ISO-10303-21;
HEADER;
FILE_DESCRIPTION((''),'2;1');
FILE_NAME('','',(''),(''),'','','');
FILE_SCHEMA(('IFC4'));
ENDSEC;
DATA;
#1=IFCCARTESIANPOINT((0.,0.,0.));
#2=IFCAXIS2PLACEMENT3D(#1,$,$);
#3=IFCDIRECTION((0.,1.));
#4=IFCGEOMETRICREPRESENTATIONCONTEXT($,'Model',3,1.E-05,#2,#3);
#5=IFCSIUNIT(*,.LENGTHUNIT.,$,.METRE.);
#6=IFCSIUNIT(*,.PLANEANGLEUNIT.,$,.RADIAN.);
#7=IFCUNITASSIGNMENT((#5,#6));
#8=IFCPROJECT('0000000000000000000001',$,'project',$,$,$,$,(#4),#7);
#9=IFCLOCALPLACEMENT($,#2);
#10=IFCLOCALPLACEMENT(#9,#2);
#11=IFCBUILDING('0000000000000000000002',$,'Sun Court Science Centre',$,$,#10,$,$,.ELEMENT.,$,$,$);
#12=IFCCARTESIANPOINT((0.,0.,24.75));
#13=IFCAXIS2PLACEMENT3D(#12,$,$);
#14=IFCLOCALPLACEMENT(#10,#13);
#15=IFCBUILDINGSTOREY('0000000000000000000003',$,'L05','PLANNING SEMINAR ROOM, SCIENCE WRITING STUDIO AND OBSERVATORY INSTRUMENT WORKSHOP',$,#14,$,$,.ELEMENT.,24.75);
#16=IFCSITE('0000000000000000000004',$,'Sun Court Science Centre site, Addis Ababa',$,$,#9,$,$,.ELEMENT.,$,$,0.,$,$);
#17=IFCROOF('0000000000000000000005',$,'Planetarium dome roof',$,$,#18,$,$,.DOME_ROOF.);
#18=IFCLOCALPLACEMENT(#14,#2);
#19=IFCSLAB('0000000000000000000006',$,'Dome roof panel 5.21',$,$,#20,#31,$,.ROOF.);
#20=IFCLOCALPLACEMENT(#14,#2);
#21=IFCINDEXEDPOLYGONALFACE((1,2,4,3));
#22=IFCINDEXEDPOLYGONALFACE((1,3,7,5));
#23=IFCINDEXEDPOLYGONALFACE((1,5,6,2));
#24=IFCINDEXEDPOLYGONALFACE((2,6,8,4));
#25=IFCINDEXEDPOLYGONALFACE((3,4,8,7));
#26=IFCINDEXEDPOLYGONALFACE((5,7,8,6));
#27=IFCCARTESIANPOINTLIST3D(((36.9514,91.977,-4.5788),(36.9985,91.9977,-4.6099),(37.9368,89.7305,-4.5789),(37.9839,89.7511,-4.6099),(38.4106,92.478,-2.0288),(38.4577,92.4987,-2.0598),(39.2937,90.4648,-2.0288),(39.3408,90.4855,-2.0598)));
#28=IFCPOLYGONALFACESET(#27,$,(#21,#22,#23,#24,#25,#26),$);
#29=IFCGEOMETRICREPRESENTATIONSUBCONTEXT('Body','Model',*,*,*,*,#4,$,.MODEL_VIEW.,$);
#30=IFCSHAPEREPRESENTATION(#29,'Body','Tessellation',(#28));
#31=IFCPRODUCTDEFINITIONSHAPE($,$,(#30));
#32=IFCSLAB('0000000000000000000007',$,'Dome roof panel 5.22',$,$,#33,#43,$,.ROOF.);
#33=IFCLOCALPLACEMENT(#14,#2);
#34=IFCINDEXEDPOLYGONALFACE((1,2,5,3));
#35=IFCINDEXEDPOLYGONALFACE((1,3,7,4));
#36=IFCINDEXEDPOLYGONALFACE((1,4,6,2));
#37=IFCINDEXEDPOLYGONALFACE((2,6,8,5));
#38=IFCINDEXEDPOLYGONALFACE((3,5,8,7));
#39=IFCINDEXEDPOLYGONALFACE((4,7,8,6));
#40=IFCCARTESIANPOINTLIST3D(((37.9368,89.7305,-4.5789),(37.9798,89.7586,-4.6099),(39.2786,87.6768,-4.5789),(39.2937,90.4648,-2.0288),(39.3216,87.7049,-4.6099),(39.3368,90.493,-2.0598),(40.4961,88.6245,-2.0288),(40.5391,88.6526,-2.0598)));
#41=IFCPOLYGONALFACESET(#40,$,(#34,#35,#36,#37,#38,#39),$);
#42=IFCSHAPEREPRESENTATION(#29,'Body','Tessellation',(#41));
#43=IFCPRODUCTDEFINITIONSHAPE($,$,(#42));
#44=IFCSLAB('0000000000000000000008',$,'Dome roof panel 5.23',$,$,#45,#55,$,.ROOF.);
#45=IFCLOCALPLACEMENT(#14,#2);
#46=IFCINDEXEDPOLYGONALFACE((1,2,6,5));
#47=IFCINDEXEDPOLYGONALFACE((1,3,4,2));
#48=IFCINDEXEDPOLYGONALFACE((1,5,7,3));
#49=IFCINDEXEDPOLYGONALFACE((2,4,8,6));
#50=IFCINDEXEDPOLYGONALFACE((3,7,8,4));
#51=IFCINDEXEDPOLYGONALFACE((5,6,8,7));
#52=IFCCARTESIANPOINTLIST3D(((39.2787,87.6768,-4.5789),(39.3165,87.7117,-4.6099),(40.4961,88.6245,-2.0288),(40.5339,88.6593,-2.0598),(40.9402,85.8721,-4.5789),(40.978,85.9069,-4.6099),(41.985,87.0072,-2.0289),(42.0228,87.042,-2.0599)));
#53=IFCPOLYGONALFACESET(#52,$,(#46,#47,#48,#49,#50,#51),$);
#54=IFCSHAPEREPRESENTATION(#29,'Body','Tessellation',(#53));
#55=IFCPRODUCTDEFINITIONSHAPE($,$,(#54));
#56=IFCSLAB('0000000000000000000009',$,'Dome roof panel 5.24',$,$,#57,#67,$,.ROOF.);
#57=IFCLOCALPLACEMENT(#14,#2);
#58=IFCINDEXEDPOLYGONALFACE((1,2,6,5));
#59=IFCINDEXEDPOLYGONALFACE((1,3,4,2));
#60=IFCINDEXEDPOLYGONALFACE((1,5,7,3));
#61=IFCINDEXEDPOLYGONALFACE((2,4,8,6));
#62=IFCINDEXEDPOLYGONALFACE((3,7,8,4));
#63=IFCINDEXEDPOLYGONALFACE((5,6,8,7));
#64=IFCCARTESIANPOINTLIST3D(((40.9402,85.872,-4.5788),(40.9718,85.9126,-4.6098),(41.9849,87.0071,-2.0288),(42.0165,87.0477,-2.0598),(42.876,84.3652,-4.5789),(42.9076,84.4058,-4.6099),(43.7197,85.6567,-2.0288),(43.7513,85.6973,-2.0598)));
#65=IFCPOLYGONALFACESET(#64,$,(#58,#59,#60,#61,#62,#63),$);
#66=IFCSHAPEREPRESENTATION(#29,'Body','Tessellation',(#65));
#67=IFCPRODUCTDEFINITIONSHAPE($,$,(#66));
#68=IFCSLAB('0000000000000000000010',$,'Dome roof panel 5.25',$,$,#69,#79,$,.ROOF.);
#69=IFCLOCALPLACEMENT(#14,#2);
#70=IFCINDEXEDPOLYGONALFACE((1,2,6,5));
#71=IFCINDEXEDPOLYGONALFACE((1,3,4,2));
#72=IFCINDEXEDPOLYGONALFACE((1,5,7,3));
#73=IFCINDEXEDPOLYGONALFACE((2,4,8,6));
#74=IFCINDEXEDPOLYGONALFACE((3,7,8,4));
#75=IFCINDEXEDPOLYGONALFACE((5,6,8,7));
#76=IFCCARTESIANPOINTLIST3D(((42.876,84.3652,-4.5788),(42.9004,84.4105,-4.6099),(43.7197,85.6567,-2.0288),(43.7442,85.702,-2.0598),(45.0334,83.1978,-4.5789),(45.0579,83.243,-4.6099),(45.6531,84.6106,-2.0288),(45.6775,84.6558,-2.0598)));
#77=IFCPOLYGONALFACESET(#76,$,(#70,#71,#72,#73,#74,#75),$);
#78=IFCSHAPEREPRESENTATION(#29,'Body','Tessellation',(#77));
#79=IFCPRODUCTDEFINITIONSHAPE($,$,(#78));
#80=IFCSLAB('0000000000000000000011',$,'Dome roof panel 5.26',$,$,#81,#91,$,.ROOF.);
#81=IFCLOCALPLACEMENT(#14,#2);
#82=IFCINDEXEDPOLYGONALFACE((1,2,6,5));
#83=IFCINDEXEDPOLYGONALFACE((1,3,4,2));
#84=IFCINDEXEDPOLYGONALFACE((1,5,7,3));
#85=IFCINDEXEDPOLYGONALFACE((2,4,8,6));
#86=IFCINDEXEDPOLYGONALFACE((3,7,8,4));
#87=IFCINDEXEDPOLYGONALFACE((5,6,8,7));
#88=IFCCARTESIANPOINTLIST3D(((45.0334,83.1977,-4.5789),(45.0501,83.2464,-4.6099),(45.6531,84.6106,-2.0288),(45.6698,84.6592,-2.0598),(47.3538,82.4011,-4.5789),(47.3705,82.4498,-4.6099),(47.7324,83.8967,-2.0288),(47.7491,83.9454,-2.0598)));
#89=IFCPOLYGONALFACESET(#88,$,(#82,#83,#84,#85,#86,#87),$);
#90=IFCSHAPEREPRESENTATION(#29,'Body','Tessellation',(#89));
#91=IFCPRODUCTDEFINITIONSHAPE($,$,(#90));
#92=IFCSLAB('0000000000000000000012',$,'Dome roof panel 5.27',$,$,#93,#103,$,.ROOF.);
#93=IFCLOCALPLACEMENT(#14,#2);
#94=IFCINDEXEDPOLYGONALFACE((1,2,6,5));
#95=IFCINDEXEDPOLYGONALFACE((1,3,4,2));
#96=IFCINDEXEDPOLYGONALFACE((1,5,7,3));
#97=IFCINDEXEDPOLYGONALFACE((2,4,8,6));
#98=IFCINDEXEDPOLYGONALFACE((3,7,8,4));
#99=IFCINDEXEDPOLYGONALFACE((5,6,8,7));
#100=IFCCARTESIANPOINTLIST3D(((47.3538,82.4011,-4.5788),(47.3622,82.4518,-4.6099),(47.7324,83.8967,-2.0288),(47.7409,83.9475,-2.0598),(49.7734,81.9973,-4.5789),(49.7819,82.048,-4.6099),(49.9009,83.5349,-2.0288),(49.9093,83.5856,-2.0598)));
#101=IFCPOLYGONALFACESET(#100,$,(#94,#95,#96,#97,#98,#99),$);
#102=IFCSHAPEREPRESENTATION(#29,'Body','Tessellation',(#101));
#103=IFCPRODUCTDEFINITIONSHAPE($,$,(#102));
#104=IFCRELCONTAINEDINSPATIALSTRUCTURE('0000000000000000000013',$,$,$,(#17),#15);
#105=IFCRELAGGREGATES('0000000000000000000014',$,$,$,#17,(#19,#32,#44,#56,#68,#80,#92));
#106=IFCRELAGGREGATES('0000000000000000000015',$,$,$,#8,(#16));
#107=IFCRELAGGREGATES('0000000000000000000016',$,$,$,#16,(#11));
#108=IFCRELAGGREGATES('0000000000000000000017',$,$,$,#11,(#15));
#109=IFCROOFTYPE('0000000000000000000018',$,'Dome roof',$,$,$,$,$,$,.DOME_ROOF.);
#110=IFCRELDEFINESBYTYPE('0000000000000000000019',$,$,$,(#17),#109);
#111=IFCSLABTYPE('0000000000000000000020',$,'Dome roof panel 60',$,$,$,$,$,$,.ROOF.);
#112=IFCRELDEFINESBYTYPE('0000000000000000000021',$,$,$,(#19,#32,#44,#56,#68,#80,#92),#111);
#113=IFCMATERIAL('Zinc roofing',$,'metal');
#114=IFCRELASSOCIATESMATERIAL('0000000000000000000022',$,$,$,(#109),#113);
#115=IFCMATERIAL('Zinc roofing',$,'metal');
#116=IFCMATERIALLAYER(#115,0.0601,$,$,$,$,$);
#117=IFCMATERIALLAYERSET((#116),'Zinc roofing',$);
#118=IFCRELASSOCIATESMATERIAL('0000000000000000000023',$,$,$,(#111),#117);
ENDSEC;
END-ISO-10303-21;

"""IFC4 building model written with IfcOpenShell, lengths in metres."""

from ifc_helpers import new_model, si_unit, direction, frame, origin, place, context, subcontext, project, spatial, polyline, outline, extrude, material, layer, layer_set, type_object, element, aggregate, save


model = new_model("IFC4")

# Units and contexts
model_context = context("Model", 3, precision=1e-05, world=origin(), true_north=direction((0.0, 1.0)))
body_context = subcontext(model_context, "Body", "Model", "MODEL_VIEW")
ifc_project = project(units=[si_unit("LENGTHUNIT", "METRE"), si_unit("PLANEANGLEUNIT", "RADIAN")], contexts=[model_context])

# Site, building, storey
site_placement = place(None, origin())
site = spatial("IfcSite", under=ifc_project, at=site_placement, Name="Sun Court Science Centre site, Addis Ababa", CompositionType="ELEMENT", RefElevation=0.0)
building_placement = place(site_placement, origin())
building = spatial("IfcBuilding", under=site, at=building_placement, Name="Sun Court Science Centre", CompositionType="ELEMENT")
storey_placement = place(building_placement, frame((0.0, 0.0, 24.75)))
storey = spatial("IfcBuildingStorey", under=building, at=storey_placement, Name="L05", Description="PLANNING SEMINAR ROOM, SCIENCE WRITING STUDIO AND OBSERVATORY INSTRUMENT WORKSHOP", CompositionType="ELEMENT", Elevation=24.75)

# Roof, slabs
ifc_material_1 = material(Name="Zinc roofing", Category="metal")
roof_type = type_object("IfcRoofType", Name="Dome roof", PredefinedType="DOME_ROOF", material=ifc_material_1)
roof_placement = place(storey_placement, origin())
roof = element("IfcRoof", 1, at=roof_placement, inside=storey, type_object=roof_type, Name="Planetarium dome roof", PredefinedType="DOME_ROOF")
ifc_material_2 = material(Name="Zinc roofing", Category="metal")
ifc_layer = layer(ifc_material_2, 0.0601)
ifc_layer_set = layer_set([ifc_layer], Name="Zinc roofing")
slab_type = type_object("IfcSlabType", Name="Dome roof panel 60", PredefinedType="ROOF", material=ifc_layer_set)
slab_1_placement = place(storey_placement, frame((38.4106, 92.478, -2.0288), z_axis=(-0.784247, -0.343984, 0.516364), x_axis=(0.401682, -0.915779, 0.000007)))
slab_1 = element("IfcSlab", 2, at=slab_1_placement, type_object=slab_type, Name="Dome roof panel 5.21", PredefinedType="ROOF", context=body_context, shape_type="SweptSolid", body=[
    extrude(outline(polyline([(0.0, 0.0), (2.1983, 0.0), (2.3258, -2.9778), (-0.1274, -2.9777), (0.0, 0.0)])), origin(), (0.0, 0.0, -1.0), 0.0601),
])
slab_2_placement = place(storey_placement, frame((39.2937, 90.4648, -2.0288), z_axis=(-0.716911, -0.468397, 0.516375), x_axis=(0.546961, -0.837158, 0.000001)))
slab_2 = element("IfcSlab", 3, at=slab_2_placement, type_object=slab_type, Name="Dome roof panel 5.22", PredefinedType="ROOF", context=body_context, shape_type="SweptSolid", body=[
    extrude(outline(polyline([(0.0, 0.0), (2.1983, 0.0), (2.3258, -2.9778), (-0.1274, -2.9778), (0.0, 0.0)])), origin(), (0.0, 0.0, -1.0), 0.0601),
])
slab_3_placement = place(storey_placement, frame((40.4961, 88.6245, -2.0288), z_axis=(-0.630054, -0.580025, 0.516337), x_axis=(0.677279, -0.735726, -0.000034)))
slab_3 = element("IfcSlab", 4, at=slab_3_placement, type_object=slab_type, Name="Dome roof panel 5.23", PredefinedType="ROOF", context=body_context, shape_type="SweptSolid", body=[
    extrude(outline(polyline([(0.0, 0.0), (2.1983, 0.0), (2.3259, -2.9776), (-0.1272, -2.9778), (0.0, 0.0)])), origin(), (0.0, 0.0, -1.0), 0.0601),
])
slab_4_placement = place(storey_placement, frame((41.9849, 87.0071, -2.0288), z_axis=(-0.526035, -0.675804, 0.516309), x_axis=(0.789123, -0.614235, 0.000008)))
slab_4 = element("IfcSlab", 5, at=slab_4_placement, type_object=slab_type, Name="Dome roof panel 5.24", PredefinedType="ROOF", context=body_context, shape_type="SweptSolid", body=[
    extrude(outline(polyline([(0.0, 0.0), (2.1984, 0.0), (2.3259, -2.9777), (-0.1272, -2.9776), (0.0, 0.0)])), origin(), (0.0, 0.0, -1.0), 0.0601),
])
slab_5_placement = place(storey_placement, frame((43.7197, 85.6567, -2.0288), z_axis=(-0.407566, -0.753191, 0.516326), x_axis=(0.879495, -0.475908, 0.000005)))
slab_5 = element("IfcSlab", 6, at=slab_5_placement, type_object=slab_type, Name="Dome roof panel 5.25", PredefinedType="ROOF", context=body_context, shape_type="SweptSolid", body=[
    extrude(outline(polyline([(0.0, 0.0), (2.1982, 0.0), (2.3256, -2.9777), (-0.1275, -2.9777), (0.0, 0.0)])), origin(), (0.0, 0.0, -1.0), 0.0601),
])
slab_6_placement = place(storey_placement, frame((45.6531, 84.6106, -2.0288), z_axis=(-0.278083, -0.809977, 0.51634), x_axis=(0.945812, -0.324716, 0.000003)))
slab_6 = element("IfcSlab", 7, at=slab_6_placement, type_object=slab_type, Name="Dome roof panel 5.26", PredefinedType="ROOF", context=body_context, shape_type="SweptSolid", body=[
    extrude(outline(polyline([(0.0, 0.0), (2.1985, 0.0), (2.326, -2.9777), (-0.1273, -2.9777), (0.0, 0.0)])), origin(), (0.0, 0.0, -1.0), 0.0601),
])
slab_7_placement = place(storey_placement, frame((47.7324, 83.8967, -2.0288), z_axis=(-0.140955, -0.844694, 0.516356), x_axis=(0.986362, -0.164591, 0.000007)))
slab_7 = element("IfcSlab", 8, at=slab_7_placement, type_object=slab_type, Name="Dome roof panel 5.27", PredefinedType="ROOF", context=body_context, shape_type="SweptSolid", body=[
    extrude(outline(polyline([(0.0, 0.0), (2.1984, 0.0), (2.3258, -2.9777), (-0.1274, -2.9777), (0.0, 0.0)])), origin(), (0.0, 0.0, -1.0), 0.0601),
])
aggregate(roof, [slab_1, slab_2, slab_3, slab_4, slab_5, slab_6, slab_7])

save(model, "model.ifc")
